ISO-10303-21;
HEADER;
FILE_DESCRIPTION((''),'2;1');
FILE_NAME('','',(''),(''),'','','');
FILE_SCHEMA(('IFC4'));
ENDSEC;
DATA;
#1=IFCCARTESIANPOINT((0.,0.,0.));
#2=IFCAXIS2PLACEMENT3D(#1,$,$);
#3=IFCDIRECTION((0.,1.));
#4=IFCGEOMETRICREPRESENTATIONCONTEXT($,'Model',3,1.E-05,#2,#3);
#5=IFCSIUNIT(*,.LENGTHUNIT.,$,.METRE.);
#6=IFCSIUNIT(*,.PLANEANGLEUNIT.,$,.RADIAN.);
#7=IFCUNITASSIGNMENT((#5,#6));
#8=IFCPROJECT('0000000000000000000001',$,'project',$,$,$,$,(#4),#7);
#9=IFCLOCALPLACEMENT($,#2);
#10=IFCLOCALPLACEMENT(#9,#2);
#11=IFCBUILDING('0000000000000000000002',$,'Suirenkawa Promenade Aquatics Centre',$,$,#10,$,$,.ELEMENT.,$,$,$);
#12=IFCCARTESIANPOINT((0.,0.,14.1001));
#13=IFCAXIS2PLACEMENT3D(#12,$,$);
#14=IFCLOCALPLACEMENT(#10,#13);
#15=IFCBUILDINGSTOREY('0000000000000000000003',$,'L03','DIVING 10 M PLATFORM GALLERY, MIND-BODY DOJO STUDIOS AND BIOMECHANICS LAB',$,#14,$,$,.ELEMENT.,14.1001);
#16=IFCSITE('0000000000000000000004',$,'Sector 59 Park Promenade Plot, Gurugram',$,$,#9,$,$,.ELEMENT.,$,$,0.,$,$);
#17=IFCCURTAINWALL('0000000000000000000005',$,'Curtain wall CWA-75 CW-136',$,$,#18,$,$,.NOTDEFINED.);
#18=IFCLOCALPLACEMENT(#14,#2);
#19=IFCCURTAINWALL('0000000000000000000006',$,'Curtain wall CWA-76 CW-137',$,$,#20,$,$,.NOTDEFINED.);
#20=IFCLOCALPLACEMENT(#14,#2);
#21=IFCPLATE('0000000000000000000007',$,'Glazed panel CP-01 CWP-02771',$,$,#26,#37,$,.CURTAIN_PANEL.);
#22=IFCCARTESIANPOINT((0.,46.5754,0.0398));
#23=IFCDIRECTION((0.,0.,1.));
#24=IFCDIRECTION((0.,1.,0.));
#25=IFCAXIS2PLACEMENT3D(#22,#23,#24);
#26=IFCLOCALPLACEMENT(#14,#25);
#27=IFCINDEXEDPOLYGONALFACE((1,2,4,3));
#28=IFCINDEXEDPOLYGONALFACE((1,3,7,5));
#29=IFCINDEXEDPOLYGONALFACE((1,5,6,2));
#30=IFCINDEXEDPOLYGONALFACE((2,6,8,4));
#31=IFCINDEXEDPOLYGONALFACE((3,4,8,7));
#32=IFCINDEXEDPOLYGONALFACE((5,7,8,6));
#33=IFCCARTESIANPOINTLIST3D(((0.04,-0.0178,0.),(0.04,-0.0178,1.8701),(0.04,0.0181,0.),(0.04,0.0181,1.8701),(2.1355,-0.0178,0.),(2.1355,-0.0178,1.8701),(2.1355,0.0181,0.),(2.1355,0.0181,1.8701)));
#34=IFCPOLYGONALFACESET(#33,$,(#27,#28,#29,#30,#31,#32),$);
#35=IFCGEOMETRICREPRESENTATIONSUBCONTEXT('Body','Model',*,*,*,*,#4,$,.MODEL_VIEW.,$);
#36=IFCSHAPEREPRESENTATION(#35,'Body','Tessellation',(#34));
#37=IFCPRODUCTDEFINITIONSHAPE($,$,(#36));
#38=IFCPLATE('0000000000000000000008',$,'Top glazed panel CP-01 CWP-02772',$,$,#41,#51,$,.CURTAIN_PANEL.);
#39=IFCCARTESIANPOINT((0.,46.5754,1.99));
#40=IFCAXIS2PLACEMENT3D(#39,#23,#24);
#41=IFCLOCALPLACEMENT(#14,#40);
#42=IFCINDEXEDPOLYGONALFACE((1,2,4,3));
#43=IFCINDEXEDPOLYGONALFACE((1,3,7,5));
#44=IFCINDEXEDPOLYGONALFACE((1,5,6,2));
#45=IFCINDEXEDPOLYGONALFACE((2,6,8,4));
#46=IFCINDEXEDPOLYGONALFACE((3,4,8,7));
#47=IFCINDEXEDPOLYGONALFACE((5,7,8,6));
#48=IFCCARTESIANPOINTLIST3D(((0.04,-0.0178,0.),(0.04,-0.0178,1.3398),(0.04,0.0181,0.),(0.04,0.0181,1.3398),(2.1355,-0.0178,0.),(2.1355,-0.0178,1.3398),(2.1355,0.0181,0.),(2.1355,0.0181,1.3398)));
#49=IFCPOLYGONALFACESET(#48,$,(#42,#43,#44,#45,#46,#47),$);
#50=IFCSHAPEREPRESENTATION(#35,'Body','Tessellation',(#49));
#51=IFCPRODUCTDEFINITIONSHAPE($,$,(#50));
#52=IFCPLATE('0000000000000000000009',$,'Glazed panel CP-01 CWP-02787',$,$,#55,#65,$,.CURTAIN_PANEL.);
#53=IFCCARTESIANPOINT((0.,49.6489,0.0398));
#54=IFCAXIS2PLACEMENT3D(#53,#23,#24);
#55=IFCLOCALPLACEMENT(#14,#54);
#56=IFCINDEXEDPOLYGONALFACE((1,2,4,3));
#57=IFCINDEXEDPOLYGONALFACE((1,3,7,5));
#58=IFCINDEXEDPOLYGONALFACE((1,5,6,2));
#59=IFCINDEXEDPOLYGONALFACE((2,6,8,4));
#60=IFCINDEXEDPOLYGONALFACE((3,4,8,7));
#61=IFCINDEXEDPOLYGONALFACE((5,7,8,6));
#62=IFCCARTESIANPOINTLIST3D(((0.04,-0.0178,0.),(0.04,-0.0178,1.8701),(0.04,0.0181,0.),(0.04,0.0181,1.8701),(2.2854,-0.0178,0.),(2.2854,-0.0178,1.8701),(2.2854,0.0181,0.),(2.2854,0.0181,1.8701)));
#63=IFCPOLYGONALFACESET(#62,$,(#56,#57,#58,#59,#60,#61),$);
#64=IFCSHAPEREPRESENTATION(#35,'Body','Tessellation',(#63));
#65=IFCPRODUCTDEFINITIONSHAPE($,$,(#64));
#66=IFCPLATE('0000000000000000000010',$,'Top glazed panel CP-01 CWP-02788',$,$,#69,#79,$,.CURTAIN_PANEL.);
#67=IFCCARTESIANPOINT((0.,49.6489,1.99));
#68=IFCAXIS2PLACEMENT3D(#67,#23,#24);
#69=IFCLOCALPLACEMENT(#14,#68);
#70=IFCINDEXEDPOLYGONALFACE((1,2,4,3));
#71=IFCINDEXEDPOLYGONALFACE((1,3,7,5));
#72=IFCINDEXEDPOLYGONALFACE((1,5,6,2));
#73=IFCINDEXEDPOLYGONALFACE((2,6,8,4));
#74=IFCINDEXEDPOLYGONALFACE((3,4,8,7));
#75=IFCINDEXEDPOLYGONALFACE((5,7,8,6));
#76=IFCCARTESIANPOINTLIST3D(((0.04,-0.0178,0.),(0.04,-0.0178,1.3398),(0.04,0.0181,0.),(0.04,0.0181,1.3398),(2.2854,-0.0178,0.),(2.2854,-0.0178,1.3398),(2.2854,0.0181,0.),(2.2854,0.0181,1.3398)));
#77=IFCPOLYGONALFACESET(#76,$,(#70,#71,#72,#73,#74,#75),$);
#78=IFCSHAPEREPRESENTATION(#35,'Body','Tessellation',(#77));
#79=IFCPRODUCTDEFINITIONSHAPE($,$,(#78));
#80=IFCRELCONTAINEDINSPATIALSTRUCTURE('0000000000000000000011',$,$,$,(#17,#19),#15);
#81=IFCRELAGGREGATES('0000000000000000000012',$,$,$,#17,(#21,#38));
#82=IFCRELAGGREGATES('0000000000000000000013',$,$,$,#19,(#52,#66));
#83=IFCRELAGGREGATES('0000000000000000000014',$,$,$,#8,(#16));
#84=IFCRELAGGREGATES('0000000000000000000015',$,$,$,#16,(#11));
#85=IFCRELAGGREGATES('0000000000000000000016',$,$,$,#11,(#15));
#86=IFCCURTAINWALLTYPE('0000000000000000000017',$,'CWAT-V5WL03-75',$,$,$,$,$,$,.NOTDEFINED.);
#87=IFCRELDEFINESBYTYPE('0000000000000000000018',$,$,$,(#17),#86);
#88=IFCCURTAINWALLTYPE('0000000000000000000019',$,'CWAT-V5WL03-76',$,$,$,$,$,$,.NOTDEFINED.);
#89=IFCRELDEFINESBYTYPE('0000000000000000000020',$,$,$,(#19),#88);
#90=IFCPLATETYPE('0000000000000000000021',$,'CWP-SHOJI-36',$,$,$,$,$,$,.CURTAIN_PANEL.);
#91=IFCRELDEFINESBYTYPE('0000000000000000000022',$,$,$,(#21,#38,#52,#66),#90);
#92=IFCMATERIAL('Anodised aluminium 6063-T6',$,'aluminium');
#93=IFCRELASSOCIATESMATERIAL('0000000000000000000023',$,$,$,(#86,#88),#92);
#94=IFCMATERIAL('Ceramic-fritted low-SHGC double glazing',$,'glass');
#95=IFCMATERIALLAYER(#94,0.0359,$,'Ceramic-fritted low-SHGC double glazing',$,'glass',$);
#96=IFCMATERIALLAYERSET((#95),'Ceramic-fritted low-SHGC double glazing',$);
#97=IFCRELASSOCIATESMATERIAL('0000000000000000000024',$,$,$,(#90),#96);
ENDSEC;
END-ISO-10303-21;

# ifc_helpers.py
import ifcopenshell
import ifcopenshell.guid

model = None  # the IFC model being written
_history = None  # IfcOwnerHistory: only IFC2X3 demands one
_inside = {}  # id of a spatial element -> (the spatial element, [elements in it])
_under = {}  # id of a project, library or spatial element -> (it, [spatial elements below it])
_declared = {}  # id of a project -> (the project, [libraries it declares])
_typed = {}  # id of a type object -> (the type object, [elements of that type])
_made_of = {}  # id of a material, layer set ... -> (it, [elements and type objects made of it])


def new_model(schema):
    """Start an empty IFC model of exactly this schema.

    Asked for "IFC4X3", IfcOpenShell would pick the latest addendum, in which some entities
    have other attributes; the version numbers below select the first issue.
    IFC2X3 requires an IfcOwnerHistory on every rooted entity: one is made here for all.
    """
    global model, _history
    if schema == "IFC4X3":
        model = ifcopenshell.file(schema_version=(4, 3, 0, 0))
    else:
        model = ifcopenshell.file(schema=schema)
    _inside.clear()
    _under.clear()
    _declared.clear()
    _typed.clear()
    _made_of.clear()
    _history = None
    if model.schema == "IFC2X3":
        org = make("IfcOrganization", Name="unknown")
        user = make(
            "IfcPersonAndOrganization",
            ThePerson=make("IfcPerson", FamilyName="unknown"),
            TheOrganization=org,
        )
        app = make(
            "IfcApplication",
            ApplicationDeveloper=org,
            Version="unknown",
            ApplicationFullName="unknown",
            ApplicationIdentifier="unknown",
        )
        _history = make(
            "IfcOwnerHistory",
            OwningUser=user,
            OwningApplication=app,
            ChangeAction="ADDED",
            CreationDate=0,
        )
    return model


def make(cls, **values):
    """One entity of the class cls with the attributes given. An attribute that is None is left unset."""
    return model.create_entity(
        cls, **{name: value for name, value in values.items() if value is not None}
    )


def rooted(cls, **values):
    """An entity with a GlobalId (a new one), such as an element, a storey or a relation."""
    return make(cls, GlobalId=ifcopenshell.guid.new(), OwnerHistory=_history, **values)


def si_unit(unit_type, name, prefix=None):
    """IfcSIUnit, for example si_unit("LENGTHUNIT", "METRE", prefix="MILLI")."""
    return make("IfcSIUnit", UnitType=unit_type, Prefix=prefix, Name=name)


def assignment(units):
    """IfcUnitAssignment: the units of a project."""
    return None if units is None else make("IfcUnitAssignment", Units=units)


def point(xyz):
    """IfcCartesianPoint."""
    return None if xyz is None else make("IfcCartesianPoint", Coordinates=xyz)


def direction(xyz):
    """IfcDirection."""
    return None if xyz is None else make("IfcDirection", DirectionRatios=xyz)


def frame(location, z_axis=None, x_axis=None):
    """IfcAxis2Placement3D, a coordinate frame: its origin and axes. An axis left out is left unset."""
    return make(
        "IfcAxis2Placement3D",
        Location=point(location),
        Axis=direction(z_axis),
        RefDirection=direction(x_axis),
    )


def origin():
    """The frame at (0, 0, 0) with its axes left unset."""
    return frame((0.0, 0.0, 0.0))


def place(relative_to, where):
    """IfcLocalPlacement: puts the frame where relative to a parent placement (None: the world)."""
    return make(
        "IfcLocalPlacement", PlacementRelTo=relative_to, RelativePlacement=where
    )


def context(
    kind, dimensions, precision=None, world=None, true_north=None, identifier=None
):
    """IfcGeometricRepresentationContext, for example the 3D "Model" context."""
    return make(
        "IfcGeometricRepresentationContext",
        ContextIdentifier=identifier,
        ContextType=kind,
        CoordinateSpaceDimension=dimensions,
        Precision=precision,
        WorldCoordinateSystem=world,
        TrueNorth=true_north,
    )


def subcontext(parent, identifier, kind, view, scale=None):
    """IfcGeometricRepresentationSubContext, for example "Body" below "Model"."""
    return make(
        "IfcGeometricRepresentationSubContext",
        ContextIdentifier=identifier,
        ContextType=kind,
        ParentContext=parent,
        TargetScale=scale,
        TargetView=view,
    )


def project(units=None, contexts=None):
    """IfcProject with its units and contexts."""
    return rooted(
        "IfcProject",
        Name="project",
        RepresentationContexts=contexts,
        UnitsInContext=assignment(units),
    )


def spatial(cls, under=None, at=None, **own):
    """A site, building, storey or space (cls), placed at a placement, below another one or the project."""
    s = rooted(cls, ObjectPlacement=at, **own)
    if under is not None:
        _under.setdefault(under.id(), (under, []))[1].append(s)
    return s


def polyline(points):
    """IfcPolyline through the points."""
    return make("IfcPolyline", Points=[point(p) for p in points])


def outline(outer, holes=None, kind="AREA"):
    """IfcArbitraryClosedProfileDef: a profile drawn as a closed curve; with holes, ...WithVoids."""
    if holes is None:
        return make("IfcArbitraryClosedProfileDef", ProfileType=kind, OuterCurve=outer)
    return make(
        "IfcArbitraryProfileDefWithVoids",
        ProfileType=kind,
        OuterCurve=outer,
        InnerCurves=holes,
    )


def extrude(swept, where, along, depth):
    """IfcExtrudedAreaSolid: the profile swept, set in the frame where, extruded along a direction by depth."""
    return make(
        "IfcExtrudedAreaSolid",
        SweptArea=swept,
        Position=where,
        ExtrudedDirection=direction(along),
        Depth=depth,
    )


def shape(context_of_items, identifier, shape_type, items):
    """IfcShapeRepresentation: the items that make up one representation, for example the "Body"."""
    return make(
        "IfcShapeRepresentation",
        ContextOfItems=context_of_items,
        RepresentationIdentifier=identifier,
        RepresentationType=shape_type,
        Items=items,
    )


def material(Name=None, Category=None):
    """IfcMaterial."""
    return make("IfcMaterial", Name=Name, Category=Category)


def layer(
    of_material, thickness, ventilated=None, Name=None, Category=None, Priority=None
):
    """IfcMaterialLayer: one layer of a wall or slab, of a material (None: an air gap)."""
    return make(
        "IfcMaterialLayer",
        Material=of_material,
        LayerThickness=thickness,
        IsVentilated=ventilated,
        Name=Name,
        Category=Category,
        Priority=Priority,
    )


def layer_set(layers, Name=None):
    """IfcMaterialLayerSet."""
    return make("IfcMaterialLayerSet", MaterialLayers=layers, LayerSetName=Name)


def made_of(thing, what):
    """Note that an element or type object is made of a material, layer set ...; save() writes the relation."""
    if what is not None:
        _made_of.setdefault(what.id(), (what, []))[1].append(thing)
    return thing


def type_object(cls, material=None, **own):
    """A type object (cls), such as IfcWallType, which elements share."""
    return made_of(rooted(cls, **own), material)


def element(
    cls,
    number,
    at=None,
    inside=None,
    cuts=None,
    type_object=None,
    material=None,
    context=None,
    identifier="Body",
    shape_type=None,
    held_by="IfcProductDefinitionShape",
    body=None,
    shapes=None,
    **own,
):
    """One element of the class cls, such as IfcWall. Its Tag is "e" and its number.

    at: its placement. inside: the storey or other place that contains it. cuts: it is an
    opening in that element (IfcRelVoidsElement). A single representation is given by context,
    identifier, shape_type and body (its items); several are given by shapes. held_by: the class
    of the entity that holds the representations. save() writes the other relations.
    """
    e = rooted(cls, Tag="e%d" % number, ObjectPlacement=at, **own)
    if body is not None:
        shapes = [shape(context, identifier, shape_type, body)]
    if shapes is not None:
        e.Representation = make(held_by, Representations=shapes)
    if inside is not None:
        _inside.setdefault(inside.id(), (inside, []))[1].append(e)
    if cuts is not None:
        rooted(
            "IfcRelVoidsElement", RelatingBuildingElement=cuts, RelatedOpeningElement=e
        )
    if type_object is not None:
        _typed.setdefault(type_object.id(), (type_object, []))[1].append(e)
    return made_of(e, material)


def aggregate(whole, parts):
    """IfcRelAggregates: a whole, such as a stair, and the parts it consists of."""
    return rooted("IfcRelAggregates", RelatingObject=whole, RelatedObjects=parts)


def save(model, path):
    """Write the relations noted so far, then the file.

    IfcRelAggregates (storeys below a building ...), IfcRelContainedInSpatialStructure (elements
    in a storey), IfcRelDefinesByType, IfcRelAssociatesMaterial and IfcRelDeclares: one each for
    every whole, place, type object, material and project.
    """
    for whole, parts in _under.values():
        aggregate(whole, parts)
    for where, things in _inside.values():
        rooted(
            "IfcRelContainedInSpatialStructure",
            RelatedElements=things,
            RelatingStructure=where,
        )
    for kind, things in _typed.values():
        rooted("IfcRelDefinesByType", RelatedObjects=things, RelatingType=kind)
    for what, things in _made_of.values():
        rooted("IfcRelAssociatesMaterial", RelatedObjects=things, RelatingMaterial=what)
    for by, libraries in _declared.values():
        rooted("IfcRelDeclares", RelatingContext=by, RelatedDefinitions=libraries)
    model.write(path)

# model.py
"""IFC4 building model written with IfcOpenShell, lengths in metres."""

from ifc_helpers import new_model, si_unit, direction, frame, origin, place, context, subcontext, project, spatial, polyline, outline, extrude, material, layer, layer_set, type_object, element, aggregate, save


model = new_model("IFC4")

# Units and contexts
model_context = context("Model", 3, precision=1e-05, world=origin(), true_north=direction((0.0, 1.0)))
body_context = subcontext(model_context, "Body", "Model", "MODEL_VIEW")
ifc_project = project(units=[si_unit("LENGTHUNIT", "METRE"), si_unit("PLANEANGLEUNIT", "RADIAN")], contexts=[model_context])

# Site, building, storey
site_placement = place(None, origin())
site = spatial("IfcSite", under=ifc_project, at=site_placement, Name="Sector 59 Park Promenade Plot, Gurugram", CompositionType="ELEMENT", RefElevation=0.0)
building_placement = place(site_placement, origin())
building = spatial("IfcBuilding", under=site, at=building_placement, Name="Suirenkawa Promenade Aquatics Centre", CompositionType="ELEMENT")
storey_placement = place(building_placement, frame((0.0, 0.0, 14.1001)))
storey = spatial("IfcBuildingStorey", under=building, at=storey_placement, Name="L03", Description="DIVING 10 M PLATFORM GALLERY, MIND-BODY DOJO STUDIOS AND BIOMECHANICS LAB", CompositionType="ELEMENT", Elevation=14.1001)

# Curtain wall
ifc_material_1 = material(Name="Anodised aluminium 6063-T6", Category="aluminium")
curtain_wall_type_1 = type_object("IfcCurtainWallType", Name="CWAT-V5WL03-75", PredefinedType="NOTDEFINED", material=ifc_material_1)
curtain_wall_1_placement = place(storey_placement, origin())
curtain_wall_1 = element("IfcCurtainWall", 1, at=curtain_wall_1_placement, inside=storey, type_object=curtain_wall_type_1, Name="Curtain wall CWA-75 CW-136", PredefinedType="NOTDEFINED")

# Curtain wall
curtain_wall_type_2 = type_object("IfcCurtainWallType", Name="CWAT-V5WL03-76", PredefinedType="NOTDEFINED", material=ifc_material_1)
curtain_wall_2_placement = place(storey_placement, origin())
curtain_wall_2 = element("IfcCurtainWall", 2, at=curtain_wall_2_placement, inside=storey, type_object=curtain_wall_type_2, Name="Curtain wall CWA-76 CW-137", PredefinedType="NOTDEFINED")

# Plates
ifc_material_2 = material(Name="Ceramic-fritted low-SHGC double glazing", Category="glass")
ifc_layer = layer(ifc_material_2, 0.0359, Name="Ceramic-fritted low-SHGC double glazing", Category="glass")
ifc_layer_set = layer_set([ifc_layer], Name="Ceramic-fritted low-SHGC double glazing")
plate_type = type_object("IfcPlateType", Name="CWP-SHOJI-36", PredefinedType="CURTAIN_PANEL", material=ifc_layer_set)
plate_1_placement = place(storey_placement, frame((0.0, 46.5754, 0.0398), z_axis=(0.0, 0.0, 1.0), x_axis=(0.0, 1.0, 0.0)))
plate_1 = element("IfcPlate", 3, at=plate_1_placement, type_object=plate_type, Name="Glazed panel CP-01 CWP-02771", PredefinedType="CURTAIN_PANEL", context=body_context, shape_type="SweptSolid", body=[
    extrude(outline(polyline([(0.04, 0.0), (2.1355, 0.0), (2.1355, 1.8701), (0.04, 1.8701), (0.04, 0.0)])), frame((0.0, 0.0181, 0.0), z_axis=(0.0, -1.0, 0.0), x_axis=(1.0, 0.0, 0.0)), (0.0, 0.0, 1.0), 0.0359),
])
plate_2_placement = place(storey_placement, frame((0.0, 46.5754, 1.99), z_axis=(0.0, 0.0, 1.0), x_axis=(0.0, 1.0, 0.0)))
plate_2 = element("IfcPlate", 4, at=plate_2_placement, type_object=plate_type, Name="Top glazed panel CP-01 CWP-02772", PredefinedType="CURTAIN_PANEL", context=body_context, shape_type="SweptSolid", body=[
    extrude(outline(polyline([(0.04, 0.0), (2.1355, 0.0), (2.1355, 1.3398), (0.04, 1.3398), (0.04, 0.0)])), frame((0.0, 0.0181, 0.0), z_axis=(0.0, -1.0, 0.0), x_axis=(1.0, 0.0, 0.0)), (0.0, 0.0, 1.0), 0.0359),
])
aggregate(curtain_wall_1, [plate_1, plate_2])
plate_3_placement = place(storey_placement, frame((0.0, 49.6489, 0.0398), z_axis=(0.0, 0.0, 1.0), x_axis=(0.0, 1.0, 0.0)))
plate_3 = element("IfcPlate", 5, at=plate_3_placement, type_object=plate_type, Name="Glazed panel CP-01 CWP-02787", PredefinedType="CURTAIN_PANEL", context=body_context, shape_type="SweptSolid", body=[
    extrude(outline(polyline([(0.04, 0.0), (2.2854, 0.0), (2.2854, 1.8701), (0.04, 1.8701), (0.04, 0.0)])), frame((0.0, 0.0181, 0.0), z_axis=(0.0, -1.0, 0.0), x_axis=(1.0, 0.0, 0.0)), (0.0, 0.0, 1.0), 0.0359),
])
plate_4_placement = place(storey_placement, frame((0.0, 49.6489, 1.99), z_axis=(0.0, 0.0, 1.0), x_axis=(0.0, 1.0, 0.0)))
plate_4 = element("IfcPlate", 6, at=plate_4_placement, type_object=plate_type, Name="Top glazed panel CP-01 CWP-02788", PredefinedType="CURTAIN_PANEL", context=body_context, shape_type="SweptSolid", body=[
    extrude(outline(polyline([(0.04, 0.0), (2.2854, 0.0), (2.2854, 1.3398), (0.04, 1.3398), (0.04, 0.0)])), frame((0.0, 0.0181, 0.0), z_axis=(0.0, -1.0, 0.0), x_axis=(1.0, 0.0, 0.0)), (0.0, 0.0, 1.0), 0.0359),
])
aggregate(curtain_wall_2, [plate_3, plate_4])

save(model, "model.ifc")
